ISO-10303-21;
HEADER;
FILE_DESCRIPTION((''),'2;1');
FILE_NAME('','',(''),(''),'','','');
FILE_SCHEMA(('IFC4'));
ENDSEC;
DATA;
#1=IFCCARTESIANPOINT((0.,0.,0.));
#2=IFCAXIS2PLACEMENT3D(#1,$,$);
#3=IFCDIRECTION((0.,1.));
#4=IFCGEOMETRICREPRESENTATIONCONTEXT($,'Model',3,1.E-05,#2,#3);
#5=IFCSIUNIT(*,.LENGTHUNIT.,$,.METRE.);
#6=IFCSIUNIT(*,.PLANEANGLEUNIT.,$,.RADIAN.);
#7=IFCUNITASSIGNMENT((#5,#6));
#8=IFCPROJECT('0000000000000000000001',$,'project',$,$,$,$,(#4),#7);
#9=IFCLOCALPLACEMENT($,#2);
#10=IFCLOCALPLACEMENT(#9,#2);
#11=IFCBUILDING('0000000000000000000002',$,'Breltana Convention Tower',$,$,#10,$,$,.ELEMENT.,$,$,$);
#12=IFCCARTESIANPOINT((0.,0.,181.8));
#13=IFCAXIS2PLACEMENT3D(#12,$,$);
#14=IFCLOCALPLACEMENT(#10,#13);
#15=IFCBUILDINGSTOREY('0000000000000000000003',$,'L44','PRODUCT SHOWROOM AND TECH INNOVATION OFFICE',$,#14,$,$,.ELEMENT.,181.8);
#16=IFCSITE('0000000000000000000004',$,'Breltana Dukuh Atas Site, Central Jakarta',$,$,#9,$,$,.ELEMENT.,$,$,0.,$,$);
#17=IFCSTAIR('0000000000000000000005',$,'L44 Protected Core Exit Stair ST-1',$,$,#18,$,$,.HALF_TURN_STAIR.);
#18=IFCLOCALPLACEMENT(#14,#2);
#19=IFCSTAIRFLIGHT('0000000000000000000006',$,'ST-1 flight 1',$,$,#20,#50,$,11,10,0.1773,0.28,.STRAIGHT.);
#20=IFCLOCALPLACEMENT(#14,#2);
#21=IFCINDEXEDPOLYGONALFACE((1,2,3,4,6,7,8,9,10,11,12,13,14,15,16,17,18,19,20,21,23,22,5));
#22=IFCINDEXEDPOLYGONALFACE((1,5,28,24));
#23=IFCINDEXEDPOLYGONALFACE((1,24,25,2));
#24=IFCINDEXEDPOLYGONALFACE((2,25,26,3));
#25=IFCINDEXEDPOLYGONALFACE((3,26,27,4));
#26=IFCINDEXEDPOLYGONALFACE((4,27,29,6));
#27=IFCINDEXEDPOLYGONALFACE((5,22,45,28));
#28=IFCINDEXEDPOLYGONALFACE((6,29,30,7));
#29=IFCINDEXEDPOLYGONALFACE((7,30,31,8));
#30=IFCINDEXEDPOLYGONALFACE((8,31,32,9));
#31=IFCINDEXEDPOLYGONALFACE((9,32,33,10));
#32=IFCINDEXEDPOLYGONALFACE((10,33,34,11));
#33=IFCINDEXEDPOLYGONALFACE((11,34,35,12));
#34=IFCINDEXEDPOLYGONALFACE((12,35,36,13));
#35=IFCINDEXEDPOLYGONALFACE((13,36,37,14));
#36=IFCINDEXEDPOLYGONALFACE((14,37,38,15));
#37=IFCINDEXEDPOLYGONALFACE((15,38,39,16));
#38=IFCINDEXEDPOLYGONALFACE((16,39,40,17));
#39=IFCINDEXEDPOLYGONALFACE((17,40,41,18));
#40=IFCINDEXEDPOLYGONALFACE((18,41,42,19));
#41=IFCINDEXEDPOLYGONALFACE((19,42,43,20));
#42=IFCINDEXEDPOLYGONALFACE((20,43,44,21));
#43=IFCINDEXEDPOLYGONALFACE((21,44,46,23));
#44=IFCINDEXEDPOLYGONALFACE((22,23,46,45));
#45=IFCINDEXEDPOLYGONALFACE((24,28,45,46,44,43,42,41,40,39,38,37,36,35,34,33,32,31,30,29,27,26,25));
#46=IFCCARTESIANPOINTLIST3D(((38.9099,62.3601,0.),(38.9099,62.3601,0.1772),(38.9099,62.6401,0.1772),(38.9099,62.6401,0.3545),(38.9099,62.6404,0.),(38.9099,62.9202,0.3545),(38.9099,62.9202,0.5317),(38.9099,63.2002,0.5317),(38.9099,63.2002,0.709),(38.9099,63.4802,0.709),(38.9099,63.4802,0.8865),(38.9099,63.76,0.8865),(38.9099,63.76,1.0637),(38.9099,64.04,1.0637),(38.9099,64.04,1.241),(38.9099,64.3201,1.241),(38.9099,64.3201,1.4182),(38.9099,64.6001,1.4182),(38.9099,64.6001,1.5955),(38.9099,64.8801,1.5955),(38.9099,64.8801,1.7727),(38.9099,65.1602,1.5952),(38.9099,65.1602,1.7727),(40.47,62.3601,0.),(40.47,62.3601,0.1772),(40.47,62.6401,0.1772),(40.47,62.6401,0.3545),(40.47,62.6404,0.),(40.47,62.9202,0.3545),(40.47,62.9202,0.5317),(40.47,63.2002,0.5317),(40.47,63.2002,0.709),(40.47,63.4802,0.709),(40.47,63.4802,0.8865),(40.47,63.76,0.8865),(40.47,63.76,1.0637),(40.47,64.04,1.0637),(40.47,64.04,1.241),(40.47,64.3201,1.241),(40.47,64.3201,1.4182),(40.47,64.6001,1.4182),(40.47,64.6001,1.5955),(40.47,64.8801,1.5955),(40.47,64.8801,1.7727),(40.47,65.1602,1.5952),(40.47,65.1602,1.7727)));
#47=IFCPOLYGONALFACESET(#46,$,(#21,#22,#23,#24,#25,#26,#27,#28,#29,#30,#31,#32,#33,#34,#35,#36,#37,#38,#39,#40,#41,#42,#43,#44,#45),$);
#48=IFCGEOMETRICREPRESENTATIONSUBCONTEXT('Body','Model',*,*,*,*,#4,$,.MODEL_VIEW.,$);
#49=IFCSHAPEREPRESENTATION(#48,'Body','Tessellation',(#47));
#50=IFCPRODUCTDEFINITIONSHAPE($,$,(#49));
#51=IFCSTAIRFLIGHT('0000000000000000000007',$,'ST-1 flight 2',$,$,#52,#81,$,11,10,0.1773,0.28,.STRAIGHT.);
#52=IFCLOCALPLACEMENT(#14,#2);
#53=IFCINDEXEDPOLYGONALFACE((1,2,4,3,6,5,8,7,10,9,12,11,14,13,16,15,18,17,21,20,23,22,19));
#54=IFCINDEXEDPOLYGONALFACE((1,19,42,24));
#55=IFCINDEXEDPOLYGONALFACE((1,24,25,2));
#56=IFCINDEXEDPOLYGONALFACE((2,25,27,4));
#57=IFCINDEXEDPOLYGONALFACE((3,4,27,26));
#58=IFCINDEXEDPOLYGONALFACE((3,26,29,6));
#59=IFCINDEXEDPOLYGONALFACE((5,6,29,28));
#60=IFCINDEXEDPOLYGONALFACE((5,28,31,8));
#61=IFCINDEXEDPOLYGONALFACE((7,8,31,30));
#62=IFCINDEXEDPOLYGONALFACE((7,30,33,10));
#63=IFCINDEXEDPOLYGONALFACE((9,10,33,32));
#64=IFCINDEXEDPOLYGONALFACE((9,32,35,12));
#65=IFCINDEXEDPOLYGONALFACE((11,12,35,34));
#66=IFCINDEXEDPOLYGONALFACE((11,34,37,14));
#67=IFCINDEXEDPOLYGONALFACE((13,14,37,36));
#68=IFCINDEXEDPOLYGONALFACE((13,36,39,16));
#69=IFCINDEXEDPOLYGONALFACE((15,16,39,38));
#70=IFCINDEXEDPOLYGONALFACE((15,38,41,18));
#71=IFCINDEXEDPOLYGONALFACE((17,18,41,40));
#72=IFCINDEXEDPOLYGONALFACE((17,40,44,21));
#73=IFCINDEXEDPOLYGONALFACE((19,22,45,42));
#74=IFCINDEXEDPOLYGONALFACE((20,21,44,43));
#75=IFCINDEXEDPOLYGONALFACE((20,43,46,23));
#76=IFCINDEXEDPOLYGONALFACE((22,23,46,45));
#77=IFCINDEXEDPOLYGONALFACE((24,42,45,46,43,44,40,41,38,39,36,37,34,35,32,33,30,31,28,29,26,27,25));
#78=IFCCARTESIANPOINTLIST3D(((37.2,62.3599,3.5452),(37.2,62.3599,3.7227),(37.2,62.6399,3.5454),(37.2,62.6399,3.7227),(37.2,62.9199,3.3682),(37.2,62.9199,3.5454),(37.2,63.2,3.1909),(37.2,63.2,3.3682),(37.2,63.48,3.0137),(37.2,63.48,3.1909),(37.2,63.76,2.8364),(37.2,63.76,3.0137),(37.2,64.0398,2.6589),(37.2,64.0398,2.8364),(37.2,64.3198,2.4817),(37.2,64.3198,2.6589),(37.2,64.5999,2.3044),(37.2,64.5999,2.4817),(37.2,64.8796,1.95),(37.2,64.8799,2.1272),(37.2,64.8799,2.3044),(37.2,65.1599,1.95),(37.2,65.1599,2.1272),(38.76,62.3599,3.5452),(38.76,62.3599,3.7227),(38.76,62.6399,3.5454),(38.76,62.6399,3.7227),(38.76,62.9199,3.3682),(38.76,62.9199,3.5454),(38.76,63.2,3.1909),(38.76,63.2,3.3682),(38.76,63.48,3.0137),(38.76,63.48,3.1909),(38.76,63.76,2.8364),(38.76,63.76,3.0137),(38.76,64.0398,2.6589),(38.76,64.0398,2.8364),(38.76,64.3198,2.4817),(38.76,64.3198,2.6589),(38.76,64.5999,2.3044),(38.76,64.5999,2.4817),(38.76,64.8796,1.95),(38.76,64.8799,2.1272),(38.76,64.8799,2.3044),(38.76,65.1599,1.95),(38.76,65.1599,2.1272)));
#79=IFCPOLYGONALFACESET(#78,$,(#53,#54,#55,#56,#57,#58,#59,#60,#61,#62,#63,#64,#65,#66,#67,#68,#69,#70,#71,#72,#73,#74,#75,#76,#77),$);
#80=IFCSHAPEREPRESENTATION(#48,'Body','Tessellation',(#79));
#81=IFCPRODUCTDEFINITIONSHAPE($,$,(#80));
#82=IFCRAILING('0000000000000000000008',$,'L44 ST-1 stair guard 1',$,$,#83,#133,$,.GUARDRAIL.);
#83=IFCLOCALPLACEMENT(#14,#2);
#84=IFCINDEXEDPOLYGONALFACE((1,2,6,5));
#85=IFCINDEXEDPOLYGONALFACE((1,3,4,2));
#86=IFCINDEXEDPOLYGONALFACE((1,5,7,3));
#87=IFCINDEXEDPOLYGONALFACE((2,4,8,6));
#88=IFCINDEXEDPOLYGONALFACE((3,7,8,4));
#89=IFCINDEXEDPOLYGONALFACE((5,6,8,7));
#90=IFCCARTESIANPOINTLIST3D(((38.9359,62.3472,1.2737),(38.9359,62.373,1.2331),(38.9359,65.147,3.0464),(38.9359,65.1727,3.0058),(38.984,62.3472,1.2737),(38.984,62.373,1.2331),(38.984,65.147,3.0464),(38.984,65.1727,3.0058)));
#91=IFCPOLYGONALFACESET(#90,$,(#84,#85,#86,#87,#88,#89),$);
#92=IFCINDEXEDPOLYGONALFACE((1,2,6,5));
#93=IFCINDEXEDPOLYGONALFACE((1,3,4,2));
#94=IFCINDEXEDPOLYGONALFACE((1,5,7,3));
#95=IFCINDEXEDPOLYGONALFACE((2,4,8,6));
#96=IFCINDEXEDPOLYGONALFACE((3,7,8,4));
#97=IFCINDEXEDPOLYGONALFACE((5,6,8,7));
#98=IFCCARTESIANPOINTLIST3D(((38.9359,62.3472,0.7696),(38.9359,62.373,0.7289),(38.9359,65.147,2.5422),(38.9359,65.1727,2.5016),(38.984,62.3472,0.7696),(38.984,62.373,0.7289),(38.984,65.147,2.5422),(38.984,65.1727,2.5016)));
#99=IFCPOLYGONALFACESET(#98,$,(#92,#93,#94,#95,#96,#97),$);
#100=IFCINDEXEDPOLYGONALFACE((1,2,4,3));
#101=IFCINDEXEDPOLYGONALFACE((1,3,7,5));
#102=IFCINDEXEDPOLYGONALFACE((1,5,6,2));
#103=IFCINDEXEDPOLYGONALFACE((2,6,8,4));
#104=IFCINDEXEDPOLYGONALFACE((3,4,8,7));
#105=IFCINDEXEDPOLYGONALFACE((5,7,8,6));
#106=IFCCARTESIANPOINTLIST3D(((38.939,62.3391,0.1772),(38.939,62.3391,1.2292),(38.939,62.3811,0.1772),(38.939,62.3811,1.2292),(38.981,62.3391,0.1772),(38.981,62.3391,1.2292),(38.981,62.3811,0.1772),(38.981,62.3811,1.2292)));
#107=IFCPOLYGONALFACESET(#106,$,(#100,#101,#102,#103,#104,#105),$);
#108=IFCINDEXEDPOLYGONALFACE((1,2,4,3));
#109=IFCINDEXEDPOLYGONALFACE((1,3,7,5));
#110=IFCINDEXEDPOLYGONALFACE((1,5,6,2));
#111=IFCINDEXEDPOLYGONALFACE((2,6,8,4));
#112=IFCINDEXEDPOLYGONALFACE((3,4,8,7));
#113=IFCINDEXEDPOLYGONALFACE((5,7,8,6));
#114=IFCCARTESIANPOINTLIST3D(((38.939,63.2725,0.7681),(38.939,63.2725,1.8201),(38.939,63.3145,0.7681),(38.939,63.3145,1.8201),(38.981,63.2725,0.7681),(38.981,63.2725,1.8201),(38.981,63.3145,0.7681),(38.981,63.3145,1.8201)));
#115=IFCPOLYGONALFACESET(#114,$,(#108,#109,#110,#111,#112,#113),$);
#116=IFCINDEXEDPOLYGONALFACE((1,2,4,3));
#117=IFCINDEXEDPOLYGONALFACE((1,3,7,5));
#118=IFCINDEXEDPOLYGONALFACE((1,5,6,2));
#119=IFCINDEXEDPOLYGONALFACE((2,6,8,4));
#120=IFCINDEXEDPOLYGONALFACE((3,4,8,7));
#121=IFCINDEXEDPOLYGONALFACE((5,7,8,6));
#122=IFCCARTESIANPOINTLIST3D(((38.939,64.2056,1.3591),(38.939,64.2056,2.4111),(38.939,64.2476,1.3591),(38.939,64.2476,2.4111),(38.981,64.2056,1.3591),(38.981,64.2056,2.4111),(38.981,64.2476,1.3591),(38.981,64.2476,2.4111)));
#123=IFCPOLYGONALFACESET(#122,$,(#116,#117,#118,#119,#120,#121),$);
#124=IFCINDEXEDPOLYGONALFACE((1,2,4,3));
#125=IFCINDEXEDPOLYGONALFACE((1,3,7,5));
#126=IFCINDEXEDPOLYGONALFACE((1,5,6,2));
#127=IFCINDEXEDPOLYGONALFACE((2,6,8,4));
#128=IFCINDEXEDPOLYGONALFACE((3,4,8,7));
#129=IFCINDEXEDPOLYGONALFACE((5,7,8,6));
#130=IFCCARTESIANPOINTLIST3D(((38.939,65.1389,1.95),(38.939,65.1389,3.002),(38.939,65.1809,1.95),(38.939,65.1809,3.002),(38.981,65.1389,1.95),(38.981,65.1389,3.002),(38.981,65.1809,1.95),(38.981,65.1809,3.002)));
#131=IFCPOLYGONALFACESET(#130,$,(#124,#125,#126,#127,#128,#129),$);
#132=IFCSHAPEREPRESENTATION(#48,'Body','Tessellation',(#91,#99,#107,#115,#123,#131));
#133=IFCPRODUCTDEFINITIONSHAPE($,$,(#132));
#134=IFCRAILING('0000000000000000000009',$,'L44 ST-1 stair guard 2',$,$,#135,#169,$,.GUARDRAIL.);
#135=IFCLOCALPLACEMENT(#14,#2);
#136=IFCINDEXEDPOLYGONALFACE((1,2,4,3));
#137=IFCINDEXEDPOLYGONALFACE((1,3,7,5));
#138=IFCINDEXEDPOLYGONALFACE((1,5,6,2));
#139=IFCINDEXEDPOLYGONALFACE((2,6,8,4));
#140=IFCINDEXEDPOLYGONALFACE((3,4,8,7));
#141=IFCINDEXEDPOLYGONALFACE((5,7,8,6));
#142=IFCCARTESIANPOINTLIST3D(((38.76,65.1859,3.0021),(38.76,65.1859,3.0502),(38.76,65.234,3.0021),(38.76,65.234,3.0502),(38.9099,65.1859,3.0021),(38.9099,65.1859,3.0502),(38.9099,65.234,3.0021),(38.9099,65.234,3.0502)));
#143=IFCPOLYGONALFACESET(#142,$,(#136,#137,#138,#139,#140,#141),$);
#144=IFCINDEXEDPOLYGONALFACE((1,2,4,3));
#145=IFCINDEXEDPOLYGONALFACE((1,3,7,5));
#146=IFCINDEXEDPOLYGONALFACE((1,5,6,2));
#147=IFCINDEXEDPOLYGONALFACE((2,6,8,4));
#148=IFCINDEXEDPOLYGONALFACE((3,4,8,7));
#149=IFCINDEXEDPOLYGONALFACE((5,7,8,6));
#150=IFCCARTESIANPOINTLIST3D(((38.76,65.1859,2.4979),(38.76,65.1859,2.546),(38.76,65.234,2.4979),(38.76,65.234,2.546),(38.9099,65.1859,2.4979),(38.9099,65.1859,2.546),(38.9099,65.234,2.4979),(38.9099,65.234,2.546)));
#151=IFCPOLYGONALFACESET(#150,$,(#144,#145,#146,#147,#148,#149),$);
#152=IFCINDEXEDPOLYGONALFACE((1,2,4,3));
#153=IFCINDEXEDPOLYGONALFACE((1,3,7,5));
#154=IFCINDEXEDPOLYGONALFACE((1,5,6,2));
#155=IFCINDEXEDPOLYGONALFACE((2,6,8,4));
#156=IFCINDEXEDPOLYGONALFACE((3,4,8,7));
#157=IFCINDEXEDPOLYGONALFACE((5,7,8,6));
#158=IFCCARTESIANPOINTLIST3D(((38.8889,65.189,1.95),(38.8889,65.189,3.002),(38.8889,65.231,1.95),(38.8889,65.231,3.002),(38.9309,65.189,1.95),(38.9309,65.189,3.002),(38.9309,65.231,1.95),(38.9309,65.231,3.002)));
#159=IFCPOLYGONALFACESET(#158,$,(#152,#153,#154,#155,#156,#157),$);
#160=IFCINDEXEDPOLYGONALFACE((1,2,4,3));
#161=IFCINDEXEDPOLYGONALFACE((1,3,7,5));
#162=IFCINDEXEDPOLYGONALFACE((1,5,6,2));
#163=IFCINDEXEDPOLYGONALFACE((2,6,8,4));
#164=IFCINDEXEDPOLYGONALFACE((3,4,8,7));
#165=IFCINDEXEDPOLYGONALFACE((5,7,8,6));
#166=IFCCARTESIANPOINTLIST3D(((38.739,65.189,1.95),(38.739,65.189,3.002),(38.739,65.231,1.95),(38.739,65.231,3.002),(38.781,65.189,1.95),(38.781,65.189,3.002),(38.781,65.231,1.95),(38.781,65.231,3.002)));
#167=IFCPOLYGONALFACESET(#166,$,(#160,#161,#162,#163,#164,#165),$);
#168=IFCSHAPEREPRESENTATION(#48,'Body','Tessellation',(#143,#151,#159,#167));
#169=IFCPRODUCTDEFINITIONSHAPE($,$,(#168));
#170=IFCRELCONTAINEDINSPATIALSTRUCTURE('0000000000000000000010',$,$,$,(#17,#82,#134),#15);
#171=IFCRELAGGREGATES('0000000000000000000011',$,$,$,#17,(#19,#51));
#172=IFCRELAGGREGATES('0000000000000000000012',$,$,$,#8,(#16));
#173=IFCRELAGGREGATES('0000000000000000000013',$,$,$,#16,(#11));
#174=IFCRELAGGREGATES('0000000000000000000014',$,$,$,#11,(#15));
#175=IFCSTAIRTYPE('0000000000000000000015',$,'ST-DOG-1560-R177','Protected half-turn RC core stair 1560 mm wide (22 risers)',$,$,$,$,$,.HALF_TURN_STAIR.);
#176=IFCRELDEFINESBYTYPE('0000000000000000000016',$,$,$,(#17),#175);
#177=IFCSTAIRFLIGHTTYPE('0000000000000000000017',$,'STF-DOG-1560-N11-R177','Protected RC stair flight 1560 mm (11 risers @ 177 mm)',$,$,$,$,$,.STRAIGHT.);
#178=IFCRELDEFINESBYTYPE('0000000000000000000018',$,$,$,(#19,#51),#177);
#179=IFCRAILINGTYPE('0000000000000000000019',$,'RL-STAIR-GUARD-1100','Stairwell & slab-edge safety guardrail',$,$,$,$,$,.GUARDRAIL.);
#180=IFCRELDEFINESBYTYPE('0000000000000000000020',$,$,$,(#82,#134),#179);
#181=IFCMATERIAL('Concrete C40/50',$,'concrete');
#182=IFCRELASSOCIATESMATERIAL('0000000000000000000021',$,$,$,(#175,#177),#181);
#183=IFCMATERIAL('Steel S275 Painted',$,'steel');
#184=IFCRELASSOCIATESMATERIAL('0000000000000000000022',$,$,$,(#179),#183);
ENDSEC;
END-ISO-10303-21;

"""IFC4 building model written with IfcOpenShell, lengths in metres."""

from ifc_helpers import new_model, si_unit, direction, frame, origin, origin_2d, place, context, subcontext, project, spatial, polyline, rectangle, outline, extrude, material, type_object, element, aggregate, save


model = new_model("IFC4")

# Units and contexts
model_context = context("Model", 3, precision=1e-05, world=origin(), true_north=direction((0.0, 1.0)))
body_context = subcontext(model_context, "Body", "Model", "MODEL_VIEW")
ifc_project = project(units=[si_unit("LENGTHUNIT", "METRE"), si_unit("PLANEANGLEUNIT", "RADIAN")], contexts=[model_context])

# Site, building, storey
site_placement = place(None, origin())
site = spatial("IfcSite", under=ifc_project, at=site_placement, Name="Breltana Dukuh Atas Site, Central Jakarta", CompositionType="ELEMENT", RefElevation=0.0)
building_placement = place(site_placement, origin())
building = spatial("IfcBuilding", under=site, at=building_placement, Name="Breltana Convention Tower", CompositionType="ELEMENT")
storey_placement = place(building_placement, frame((0.0, 0.0, 181.8)))
storey = spatial("IfcBuildingStorey", under=building, at=storey_placement, Name="L44", Description="PRODUCT SHOWROOM AND TECH INNOVATION OFFICE", CompositionType="ELEMENT", Elevation=181.8)

# Stair, stair flights
ifc_material_1 = material(Name="Concrete C40/50", Category="concrete")
stair_type = type_object("IfcStairType", Name="ST-DOG-1560-R177", Description="Protected half-turn RC core stair 1560 mm wide (22 risers)", PredefinedType="HALF_TURN_STAIR", material=ifc_material_1)
stair_placement = place(storey_placement, origin())
stair = element("IfcStair", 1, at=stair_placement, inside=storey, type_object=stair_type, Name="L44 Protected Core Exit Stair ST-1", PredefinedType="HALF_TURN_STAIR")
stair_flight_type = type_object("IfcStairFlightType", Name="STF-DOG-1560-N11-R177", Description="Protected RC stair flight 1560 mm (11 risers @ 177 mm)", PredefinedType="STRAIGHT", material=ifc_material_1)
stair_flight_1_placement = place(storey_placement, frame((39.6899, 62.3601, 0.0), z_axis=(0.0, 0.0, 1.0), x_axis=(0.0, 1.0, 0.0)))
stair_flight_1 = element("IfcStairFlight", 2, at=stair_flight_1_placement, type_object=stair_flight_type, Name="ST-1 flight 1", NumberOfRisers=11, NumberOfTreads=10, PredefinedType="STRAIGHT", RiserHeight=0.1773, TreadLength=0.28, context=body_context, shape_type="SweptSolid", body=[
    extrude(outline(polyline([(0.0, 0.0), (0.0, 0.1772), (0.28, 0.1772), (0.28, 0.3545), (0.5601, 0.3545), (0.5601, 0.5317), (0.8401, 0.5317), (0.8401, 0.709), (1.1201, 0.709), (1.1201, 0.8865), (1.3999, 0.8865), (1.3999, 1.0637), (1.6799, 1.0637), (1.6799, 1.241), (1.96, 1.241), (1.96, 1.4182), (2.24, 1.4182), (2.24, 1.5955), (2.52, 1.5955), (2.52, 1.7727), (2.8, 1.7727), (2.8, 1.95), (2.8, 1.5952), (0.2803, 0.0), (0.0, 0.0)])), frame((0.0, 0.78, 0.0), z_axis=(0.0, -1.0, 0.0), x_axis=(1.0, 0.0, 0.0)), (0.0, 0.0, 1.0), 1.5601),
])
stair_flight_2_placement = place(storey_placement, frame((37.98, 65.1599, 1.95), z_axis=(0.0, 0.0, 1.0), x_axis=(0.0, -1.0, 0.0)))
stair_flight_2 = element("IfcStairFlight", 3, at=stair_flight_2_placement, type_object=stair_flight_type, Name="ST-1 flight 2", NumberOfRisers=11, NumberOfTreads=10, PredefinedType="STRAIGHT", RiserHeight=0.1773, TreadLength=0.28, context=body_context, shape_type="SweptSolid", body=[
    extrude(outline(polyline([(0.0, 0.0), (0.0, 0.1772), (0.28, 0.1772), (0.28, 0.3545), (0.5601, 0.3545), (0.5601, 0.5317), (0.8401, 0.5317), (0.8401, 0.709), (1.1201, 0.709), (1.1201, 0.8865), (1.3999, 0.8865), (1.3999, 1.0637), (1.6799, 1.0637), (1.6799, 1.241), (1.96, 1.241), (1.96, 1.4182), (2.24, 1.4182), (2.24, 1.5955), (2.52, 1.5955), (2.52, 1.7727), (2.8, 1.7727), (2.8, 1.95), (2.8, 1.5952), (0.2803, 0.0), (0.0, 0.0)])), frame((0.0, 0.78, 0.0), z_axis=(0.0, -1.0, 0.0), x_axis=(1.0, 0.0, 0.0)), (0.0, 0.0, 1.0), 1.5601),
])
aggregate(stair, [stair_flight_1, stair_flight_2])

# Railings
ifc_material_2 = material(Name="Steel S275 Painted", Category="steel")
railing_type_1 = type_object("IfcRailingType", Name="RL-STAIR-GUARD-1100", Description="Stairwell & slab-edge safety guardrail", PredefinedType="GUARDRAIL", material=ifc_material_2)
railing_1_placement = place(storey_placement, frame((38.96, 62.3601, 0.1772)))
element("IfcRailing", 4, at=railing_1_placement, inside=storey, type_object=railing_type_1, Name="L44 ST-1 stair guard 1", PredefinedType="GUARDRAIL", context=body_context, shape_type="SweptSolid", body=[
    extrude(rectangle(XDim=0.0481, YDim=0.0481, at=origin_2d()), frame((0.0, 0.0, 1.0762), z_axis=(0.0, 0.844888, 0.534943), x_axis=(-1.0, 0.0, 0.0)), (0.0, 0.0, 1.0), 3.3137),
    extrude(rectangle(XDim=0.0481, YDim=0.0481, at=origin_2d()), frame((0.0, 0.0, 0.572), z_axis=(0.0, 0.844888, 0.534943), x_axis=(-1.0, 0.0, 0.0)), (0.0, 0.0, 1.0), 3.3137),
    extrude(rectangle(XDim=0.042, YDim=0.042, at=origin_2d()), origin(), (0.0, 0.0, 1.0), 1.052),
    extrude(rectangle(XDim=0.042, YDim=0.042, at=origin_2d()), frame((0.0, 0.9333, 0.5908)), (0.0, 0.0, 1.0), 1.052),
    extrude(rectangle(XDim=0.042, YDim=0.042, at=origin_2d()), frame((0.0, 1.8665, 1.1819)), (0.0, 0.0, 1.0), 1.052),
    extrude(rectangle(XDim=0.042, YDim=0.042, at=origin_2d()), frame((0.0, 2.7998, 1.7727)), (0.0, 0.0, 1.0), 1.052),
])
railing_2_placement = place(storey_placement, frame((38.9099, 65.21, 1.95)))
element("IfcRailing", 5, at=railing_2_placement, inside=storey, type_object=railing_type_1, Name="L44 ST-1 stair guard 2", PredefinedType="GUARDRAIL", context=body_context, shape_type="SweptSolid", body=[
    extrude(rectangle(XDim=0.0481, YDim=0.0481, at=origin_2d()), frame((0.0, 0.0, 1.0762), z_axis=(-1.0, 0.0, 0.0), x_axis=(0.0, -1.0, 0.0)), (0.0, 0.0, 1.0), 0.1499),
    extrude(rectangle(XDim=0.0481, YDim=0.0481, at=origin_2d()), frame((0.0, 0.0, 0.572), z_axis=(-1.0, 0.0, 0.0), x_axis=(0.0, -1.0, 0.0)), (0.0, 0.0, 1.0), 0.1499),
    extrude(rectangle(XDim=0.042, YDim=0.042, at=origin_2d()), origin(), (0.0, 0.0, 1.0), 1.052),
    extrude(rectangle(XDim=0.042, YDim=0.042, at=origin_2d()), frame((-0.1499, 0.0, 0.0)), (0.0, 0.0, 1.0), 1.052),
])

save(model, "model.ifc")
